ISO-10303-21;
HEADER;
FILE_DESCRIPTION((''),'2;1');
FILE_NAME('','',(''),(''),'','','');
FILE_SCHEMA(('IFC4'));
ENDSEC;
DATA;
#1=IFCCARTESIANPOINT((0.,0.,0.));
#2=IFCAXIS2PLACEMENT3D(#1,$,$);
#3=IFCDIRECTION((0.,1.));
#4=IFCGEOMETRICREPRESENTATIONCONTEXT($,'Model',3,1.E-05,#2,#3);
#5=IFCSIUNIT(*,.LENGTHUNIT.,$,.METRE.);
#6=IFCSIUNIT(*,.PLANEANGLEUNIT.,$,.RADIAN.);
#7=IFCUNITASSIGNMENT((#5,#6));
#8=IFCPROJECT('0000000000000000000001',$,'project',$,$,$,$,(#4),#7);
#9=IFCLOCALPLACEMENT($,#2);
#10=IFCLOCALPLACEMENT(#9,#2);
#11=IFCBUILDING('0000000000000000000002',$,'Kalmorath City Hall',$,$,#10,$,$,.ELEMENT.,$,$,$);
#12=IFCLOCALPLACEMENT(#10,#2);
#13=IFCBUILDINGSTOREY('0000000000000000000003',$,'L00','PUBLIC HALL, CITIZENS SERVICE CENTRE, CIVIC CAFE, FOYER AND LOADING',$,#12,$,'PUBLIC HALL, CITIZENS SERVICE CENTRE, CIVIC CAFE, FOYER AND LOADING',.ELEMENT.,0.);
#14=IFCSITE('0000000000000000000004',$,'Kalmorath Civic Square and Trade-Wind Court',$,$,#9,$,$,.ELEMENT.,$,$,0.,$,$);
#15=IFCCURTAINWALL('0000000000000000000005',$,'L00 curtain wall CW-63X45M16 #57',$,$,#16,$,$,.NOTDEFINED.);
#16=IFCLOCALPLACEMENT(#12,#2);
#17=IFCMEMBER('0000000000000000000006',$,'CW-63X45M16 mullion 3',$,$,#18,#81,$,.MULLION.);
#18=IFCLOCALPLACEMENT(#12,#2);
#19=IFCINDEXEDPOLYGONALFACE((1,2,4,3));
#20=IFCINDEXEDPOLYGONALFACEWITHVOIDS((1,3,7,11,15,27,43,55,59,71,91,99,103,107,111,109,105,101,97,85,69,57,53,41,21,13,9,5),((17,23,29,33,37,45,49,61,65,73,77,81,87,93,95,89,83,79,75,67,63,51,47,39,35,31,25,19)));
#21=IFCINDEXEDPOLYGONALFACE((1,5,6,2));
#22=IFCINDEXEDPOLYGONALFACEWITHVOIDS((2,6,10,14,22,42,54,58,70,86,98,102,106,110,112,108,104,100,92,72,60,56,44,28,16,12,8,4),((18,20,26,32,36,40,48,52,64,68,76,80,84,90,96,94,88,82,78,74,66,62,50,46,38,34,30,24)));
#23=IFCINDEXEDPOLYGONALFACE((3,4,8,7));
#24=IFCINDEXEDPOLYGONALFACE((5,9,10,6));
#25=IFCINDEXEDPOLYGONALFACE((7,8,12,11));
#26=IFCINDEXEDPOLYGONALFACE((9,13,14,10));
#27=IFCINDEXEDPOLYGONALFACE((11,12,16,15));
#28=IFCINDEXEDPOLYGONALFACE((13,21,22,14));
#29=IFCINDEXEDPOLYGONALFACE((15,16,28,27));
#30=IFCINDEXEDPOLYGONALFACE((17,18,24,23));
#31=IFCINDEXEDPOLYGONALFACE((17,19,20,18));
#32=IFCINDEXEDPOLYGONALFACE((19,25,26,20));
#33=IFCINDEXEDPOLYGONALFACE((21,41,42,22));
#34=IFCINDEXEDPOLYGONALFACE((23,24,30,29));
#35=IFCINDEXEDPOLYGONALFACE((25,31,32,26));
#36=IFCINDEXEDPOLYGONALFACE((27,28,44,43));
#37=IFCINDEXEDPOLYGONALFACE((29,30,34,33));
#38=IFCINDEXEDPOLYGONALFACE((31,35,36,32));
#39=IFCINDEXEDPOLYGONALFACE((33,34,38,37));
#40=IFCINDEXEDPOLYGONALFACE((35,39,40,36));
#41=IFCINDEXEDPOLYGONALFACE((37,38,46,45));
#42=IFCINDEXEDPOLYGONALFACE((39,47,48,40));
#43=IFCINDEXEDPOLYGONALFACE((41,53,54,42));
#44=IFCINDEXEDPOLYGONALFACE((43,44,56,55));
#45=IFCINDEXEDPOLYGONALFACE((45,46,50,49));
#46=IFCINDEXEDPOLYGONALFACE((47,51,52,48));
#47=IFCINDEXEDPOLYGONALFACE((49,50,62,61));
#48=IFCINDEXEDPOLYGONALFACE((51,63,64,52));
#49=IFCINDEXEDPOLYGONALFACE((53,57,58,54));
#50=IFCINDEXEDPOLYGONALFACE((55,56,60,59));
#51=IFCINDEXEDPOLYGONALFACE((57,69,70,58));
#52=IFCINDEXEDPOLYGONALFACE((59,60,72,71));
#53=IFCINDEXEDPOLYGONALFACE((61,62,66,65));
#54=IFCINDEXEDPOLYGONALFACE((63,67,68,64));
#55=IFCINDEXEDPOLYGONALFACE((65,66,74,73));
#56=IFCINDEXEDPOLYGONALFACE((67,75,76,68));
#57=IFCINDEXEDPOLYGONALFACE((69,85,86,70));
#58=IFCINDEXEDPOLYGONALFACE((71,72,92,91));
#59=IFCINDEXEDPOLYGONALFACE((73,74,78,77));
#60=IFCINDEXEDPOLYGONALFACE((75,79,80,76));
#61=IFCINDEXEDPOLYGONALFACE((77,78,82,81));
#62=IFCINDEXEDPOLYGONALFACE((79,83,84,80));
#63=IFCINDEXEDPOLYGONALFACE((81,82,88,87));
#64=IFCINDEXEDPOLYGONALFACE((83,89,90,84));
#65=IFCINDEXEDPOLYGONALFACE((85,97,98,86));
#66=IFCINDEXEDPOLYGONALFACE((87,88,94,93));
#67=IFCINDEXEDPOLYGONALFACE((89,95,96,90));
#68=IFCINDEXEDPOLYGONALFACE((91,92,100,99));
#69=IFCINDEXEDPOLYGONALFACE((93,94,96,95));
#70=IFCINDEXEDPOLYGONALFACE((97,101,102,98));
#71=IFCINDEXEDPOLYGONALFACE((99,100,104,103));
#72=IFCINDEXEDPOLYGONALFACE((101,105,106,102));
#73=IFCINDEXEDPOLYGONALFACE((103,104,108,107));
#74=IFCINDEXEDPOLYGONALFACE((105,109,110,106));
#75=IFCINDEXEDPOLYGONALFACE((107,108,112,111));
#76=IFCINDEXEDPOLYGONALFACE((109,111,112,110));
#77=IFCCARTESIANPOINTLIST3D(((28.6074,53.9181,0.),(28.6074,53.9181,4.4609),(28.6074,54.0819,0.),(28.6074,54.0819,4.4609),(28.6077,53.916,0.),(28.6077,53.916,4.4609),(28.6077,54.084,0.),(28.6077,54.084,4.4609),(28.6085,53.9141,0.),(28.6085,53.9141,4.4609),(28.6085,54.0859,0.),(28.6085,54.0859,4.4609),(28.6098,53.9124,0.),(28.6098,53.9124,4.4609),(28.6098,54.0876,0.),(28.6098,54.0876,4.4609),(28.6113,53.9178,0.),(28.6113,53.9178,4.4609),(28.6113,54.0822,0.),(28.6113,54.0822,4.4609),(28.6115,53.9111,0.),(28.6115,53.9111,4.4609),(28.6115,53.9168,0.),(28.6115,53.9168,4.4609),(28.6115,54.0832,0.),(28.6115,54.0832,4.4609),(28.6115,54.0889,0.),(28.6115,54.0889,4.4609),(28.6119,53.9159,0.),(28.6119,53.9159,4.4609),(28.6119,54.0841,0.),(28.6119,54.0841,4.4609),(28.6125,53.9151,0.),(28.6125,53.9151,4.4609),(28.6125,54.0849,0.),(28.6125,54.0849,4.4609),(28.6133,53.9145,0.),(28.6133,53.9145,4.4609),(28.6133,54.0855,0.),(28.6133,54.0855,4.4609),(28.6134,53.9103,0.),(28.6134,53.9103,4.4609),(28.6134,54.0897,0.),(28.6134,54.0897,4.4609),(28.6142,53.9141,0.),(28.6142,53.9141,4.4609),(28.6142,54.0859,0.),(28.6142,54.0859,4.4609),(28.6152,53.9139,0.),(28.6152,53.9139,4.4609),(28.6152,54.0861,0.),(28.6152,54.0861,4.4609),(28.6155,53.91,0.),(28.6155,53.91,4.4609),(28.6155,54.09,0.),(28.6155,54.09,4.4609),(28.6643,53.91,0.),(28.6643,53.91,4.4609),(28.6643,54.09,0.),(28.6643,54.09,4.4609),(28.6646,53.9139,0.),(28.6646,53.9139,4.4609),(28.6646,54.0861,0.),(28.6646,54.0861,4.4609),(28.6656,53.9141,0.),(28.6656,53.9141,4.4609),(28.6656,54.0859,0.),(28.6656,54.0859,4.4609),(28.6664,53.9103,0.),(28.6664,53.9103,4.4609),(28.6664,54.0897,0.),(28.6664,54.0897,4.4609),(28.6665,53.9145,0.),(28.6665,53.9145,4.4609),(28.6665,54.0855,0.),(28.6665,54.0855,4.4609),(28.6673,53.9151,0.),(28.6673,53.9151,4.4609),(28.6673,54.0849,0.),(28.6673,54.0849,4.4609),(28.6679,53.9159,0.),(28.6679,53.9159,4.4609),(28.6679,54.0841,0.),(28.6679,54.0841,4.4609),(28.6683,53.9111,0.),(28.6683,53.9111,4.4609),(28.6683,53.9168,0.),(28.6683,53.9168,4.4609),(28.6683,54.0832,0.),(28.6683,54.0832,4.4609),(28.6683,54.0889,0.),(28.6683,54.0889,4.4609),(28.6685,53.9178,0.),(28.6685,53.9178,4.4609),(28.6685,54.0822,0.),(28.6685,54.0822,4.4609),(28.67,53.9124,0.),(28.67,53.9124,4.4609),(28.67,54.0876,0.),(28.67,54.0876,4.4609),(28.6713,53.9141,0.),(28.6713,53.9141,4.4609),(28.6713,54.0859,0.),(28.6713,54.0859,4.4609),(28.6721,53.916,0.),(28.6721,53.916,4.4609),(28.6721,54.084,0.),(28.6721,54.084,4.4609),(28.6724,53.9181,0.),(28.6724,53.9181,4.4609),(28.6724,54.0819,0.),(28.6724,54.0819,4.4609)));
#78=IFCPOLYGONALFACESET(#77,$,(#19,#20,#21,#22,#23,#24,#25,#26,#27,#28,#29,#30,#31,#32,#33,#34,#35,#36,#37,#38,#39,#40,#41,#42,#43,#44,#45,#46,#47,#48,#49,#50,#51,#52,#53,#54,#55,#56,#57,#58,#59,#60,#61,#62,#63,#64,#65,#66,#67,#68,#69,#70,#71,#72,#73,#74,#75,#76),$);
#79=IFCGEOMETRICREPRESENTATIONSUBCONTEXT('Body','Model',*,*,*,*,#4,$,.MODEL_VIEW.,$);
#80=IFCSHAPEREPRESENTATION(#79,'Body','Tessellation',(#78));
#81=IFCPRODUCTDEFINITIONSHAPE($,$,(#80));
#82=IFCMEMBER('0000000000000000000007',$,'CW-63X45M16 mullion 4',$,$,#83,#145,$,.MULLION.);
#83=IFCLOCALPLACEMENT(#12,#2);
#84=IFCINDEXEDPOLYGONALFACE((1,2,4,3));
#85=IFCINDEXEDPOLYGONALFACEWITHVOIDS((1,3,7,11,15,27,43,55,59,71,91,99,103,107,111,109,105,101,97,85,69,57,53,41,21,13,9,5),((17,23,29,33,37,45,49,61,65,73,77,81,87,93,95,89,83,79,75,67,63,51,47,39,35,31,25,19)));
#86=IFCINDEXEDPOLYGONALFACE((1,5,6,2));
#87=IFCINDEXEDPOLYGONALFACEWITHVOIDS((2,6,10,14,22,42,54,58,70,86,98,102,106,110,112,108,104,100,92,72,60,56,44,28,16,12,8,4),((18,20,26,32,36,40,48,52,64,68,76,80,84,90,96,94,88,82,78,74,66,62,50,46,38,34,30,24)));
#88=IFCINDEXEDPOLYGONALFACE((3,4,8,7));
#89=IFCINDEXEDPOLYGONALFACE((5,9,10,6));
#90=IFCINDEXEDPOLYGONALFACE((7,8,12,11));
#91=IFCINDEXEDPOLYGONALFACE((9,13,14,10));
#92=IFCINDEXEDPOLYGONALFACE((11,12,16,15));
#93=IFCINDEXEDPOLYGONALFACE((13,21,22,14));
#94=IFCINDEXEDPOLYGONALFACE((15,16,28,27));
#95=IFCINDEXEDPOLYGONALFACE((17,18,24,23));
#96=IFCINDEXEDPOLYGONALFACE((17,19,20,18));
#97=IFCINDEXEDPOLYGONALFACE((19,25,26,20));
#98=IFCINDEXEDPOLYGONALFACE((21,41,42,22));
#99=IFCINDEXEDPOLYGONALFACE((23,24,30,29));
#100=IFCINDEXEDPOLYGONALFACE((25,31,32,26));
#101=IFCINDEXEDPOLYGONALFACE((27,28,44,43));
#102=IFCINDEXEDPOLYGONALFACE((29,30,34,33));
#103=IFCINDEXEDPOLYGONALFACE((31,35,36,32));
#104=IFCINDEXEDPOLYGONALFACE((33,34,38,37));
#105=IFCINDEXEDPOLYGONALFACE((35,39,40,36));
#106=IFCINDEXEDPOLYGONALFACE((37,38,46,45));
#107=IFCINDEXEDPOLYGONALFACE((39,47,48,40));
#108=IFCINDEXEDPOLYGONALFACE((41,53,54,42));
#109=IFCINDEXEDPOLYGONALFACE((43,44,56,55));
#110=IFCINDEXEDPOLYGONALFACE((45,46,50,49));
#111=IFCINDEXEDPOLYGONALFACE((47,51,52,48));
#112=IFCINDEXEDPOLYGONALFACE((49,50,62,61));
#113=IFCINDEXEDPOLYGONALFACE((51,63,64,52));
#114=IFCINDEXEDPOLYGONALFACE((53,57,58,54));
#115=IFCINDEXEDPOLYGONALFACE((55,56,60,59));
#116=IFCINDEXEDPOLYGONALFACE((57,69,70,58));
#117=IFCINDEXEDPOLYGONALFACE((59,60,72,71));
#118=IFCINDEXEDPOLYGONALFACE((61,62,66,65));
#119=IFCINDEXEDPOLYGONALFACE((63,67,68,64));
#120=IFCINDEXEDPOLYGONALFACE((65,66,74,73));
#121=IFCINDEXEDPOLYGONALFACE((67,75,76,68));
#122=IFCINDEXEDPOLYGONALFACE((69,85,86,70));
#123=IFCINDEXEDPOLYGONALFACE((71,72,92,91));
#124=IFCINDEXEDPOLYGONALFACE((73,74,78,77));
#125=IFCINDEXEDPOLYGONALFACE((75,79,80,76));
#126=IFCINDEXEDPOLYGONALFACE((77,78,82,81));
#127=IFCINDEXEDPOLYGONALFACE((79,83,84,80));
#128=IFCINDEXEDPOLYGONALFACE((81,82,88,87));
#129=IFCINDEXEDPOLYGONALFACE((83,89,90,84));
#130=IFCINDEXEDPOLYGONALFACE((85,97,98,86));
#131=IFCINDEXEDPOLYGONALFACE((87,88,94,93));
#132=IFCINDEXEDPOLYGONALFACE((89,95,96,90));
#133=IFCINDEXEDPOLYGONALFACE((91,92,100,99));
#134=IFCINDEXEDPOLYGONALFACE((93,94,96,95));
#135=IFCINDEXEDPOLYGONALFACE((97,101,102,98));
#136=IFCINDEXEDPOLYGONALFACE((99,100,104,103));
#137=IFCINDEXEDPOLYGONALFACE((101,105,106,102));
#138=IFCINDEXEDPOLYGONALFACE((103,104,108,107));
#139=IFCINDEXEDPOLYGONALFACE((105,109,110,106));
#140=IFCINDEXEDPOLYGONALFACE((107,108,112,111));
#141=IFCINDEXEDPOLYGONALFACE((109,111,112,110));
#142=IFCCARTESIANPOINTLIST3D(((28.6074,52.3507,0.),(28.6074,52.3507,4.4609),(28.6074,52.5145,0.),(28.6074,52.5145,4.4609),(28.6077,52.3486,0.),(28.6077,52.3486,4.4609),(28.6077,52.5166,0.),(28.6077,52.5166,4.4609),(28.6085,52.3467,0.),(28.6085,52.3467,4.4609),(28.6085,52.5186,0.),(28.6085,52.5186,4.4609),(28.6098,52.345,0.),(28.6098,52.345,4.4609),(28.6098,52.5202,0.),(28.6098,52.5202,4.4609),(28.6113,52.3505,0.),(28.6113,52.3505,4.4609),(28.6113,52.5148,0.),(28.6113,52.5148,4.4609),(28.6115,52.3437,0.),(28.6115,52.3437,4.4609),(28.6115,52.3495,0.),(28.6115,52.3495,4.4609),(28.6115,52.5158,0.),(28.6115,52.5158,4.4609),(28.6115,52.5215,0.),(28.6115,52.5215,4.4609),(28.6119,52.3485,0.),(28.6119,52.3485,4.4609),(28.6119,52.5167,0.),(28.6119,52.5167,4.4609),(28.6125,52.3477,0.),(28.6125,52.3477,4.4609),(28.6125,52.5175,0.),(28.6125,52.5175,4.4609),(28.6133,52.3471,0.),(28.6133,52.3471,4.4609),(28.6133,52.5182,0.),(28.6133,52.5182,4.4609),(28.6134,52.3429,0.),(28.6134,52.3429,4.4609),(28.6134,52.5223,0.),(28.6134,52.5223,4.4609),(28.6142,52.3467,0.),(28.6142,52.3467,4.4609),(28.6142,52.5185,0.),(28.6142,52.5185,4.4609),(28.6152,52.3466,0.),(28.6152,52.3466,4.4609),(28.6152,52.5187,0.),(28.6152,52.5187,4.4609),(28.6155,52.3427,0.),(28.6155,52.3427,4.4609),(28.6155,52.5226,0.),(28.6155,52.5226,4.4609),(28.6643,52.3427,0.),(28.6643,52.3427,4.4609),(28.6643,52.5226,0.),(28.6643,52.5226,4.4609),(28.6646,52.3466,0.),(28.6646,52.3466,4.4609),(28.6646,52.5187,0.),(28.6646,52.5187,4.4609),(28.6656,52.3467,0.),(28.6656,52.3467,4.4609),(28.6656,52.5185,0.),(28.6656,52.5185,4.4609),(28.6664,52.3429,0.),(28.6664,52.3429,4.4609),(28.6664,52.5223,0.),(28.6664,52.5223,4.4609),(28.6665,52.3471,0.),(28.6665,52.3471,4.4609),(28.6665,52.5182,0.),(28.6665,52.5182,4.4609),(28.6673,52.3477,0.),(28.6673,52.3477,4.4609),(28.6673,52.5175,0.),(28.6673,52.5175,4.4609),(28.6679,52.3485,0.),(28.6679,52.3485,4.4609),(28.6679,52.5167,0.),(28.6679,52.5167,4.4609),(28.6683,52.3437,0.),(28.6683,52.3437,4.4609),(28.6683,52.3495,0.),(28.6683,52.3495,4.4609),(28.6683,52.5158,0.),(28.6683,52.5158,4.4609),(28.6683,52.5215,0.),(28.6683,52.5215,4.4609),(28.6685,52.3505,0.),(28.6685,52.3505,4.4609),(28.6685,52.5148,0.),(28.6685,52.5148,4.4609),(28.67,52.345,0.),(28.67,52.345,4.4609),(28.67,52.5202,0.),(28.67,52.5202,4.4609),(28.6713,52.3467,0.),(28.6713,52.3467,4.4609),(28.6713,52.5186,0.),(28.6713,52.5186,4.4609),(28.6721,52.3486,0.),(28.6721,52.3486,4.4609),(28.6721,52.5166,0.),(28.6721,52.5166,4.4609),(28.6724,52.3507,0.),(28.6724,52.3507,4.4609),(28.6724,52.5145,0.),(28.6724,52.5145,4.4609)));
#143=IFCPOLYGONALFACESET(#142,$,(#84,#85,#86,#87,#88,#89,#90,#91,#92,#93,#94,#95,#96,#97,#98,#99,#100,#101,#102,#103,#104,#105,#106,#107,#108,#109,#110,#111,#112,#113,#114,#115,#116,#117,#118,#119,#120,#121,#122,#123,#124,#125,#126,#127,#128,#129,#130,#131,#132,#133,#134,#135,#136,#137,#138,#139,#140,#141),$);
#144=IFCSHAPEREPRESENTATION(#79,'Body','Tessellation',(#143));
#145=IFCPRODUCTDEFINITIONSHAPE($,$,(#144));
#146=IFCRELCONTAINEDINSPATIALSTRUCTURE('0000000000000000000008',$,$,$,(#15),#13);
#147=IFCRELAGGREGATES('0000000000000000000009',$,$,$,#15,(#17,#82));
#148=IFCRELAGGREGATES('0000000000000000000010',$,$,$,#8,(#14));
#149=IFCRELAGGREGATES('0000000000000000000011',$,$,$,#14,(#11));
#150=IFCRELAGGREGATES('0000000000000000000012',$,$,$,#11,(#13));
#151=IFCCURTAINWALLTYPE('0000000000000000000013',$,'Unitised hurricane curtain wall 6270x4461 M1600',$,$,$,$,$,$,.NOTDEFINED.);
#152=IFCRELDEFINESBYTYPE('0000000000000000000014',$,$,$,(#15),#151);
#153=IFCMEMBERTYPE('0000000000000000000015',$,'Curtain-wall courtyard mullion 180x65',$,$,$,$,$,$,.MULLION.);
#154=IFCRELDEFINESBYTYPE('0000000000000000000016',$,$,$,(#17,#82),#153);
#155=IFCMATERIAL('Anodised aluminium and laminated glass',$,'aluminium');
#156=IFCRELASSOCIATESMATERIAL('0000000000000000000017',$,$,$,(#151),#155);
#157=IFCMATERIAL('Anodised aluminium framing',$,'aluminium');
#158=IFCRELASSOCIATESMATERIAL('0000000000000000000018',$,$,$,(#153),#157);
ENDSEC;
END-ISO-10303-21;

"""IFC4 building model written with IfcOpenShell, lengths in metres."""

from ifc_helpers import new_model, si_unit, direction, frame, origin, origin_2d, place, context, subcontext, project, spatial, hollow_rectangle, extrude, material, material_profile, profile_set, type_object, element, aggregate, save


model = new_model("IFC4")

# Units and contexts
model_context = context("Model", 3, precision=1e-05, world=origin(), true_north=direction((0.0, 1.0)))
body_context = subcontext(model_context, "Body", "Model", "MODEL_VIEW")
ifc_project = project(units=[si_unit("LENGTHUNIT", "METRE"), si_unit("PLANEANGLEUNIT", "RADIAN")], contexts=[model_context])

# Site, building, storey
site_placement = place(None, origin())
site = spatial("IfcSite", under=ifc_project, at=site_placement, Name="Kalmorath Civic Square and Trade-Wind Court", CompositionType="ELEMENT", RefElevation=0.0)
building_placement = place(site_placement, origin())
building = spatial("IfcBuilding", under=site, at=building_placement, Name="Kalmorath City Hall", CompositionType="ELEMENT")
storey_placement = place(building_placement, origin())
storey = spatial("IfcBuildingStorey", under=building, at=storey_placement, Name="L00", Description="PUBLIC HALL, CITIZENS SERVICE CENTRE, CIVIC CAFE, FOYER AND LOADING", LongName="PUBLIC HALL, CITIZENS SERVICE CENTRE, CIVIC CAFE, FOYER AND LOADING", CompositionType="ELEMENT", Elevation=0.0)

# Curtain wall, members
ifc_material_1 = material(Name="Anodised aluminium and laminated glass", Category="aluminium")
curtain_wall_type = type_object("IfcCurtainWallType", Name="Unitised hurricane curtain wall 6270x4461 M1600", PredefinedType="NOTDEFINED", material=ifc_material_1)
curtain_wall_placement = place(storey_placement, origin())
curtain_wall = element("IfcCurtainWall", 1, at=curtain_wall_placement, inside=storey, type_object=curtain_wall_type, Name="L00 curtain wall CW-63X45M16 #57", PredefinedType="NOTDEFINED")
ifc_material_2 = material(Name="Anodised aluminium framing", Category="aluminium")
ifc_material_profile_1 = material_profile(ifc_material_2, hollow_rectangle(XDim=0.0649, YDim=0.1799, WallThickness=0.0039, InnerFilletRadius=0.0039, OuterFilletRadius=0.0081, at=origin_2d()), Name="ALU-MUL-180X65X4")
ifc_profile_set_1 = profile_set([ifc_material_profile_1], Name="Anodised aluminium framing")
member_type_1 = type_object("IfcMemberType", Name="Curtain-wall courtyard mullion 180x65", PredefinedType="MULLION", material=ifc_profile_set_1)
member_1_placement = place(storey_placement, frame((28.6399, 54.0, 0.0), z_axis=(0.0, 0.0, 1.0), x_axis=(1.0, 0.0, 0.0)))
member_1 = element("IfcMember", 2, at=member_1_placement, type_object=member_type_1, Name="CW-63X45M16 mullion 3", PredefinedType="MULLION", context=body_context, shape_type="SweptSolid", body=[
    extrude(hollow_rectangle(XDim=0.0649, YDim=0.1799, WallThickness=0.0039, InnerFilletRadius=0.0039, OuterFilletRadius=0.0081, at=origin_2d()), origin(), (0.0, 0.0, 1.0), 4.4609),
])
member_2_placement = place(storey_placement, frame((28.6399, 52.4326, 0.0), z_axis=(0.0, 0.0, 1.0), x_axis=(1.0, 0.0, 0.0)))
member_2 = element("IfcMember", 3, at=member_2_placement, type_object=member_type_1, Name="CW-63X45M16 mullion 4", PredefinedType="MULLION", context=body_context, shape_type="SweptSolid", body=[
    extrude(hollow_rectangle(XDim=0.0649, YDim=0.1799, WallThickness=0.0039, InnerFilletRadius=0.0039, OuterFilletRadius=0.0081, at=origin_2d()), origin(), (0.0, 0.0, 1.0), 4.4609),
])

aggregate(curtain_wall, [member_1, member_2])

save(model, "model.ifc")
